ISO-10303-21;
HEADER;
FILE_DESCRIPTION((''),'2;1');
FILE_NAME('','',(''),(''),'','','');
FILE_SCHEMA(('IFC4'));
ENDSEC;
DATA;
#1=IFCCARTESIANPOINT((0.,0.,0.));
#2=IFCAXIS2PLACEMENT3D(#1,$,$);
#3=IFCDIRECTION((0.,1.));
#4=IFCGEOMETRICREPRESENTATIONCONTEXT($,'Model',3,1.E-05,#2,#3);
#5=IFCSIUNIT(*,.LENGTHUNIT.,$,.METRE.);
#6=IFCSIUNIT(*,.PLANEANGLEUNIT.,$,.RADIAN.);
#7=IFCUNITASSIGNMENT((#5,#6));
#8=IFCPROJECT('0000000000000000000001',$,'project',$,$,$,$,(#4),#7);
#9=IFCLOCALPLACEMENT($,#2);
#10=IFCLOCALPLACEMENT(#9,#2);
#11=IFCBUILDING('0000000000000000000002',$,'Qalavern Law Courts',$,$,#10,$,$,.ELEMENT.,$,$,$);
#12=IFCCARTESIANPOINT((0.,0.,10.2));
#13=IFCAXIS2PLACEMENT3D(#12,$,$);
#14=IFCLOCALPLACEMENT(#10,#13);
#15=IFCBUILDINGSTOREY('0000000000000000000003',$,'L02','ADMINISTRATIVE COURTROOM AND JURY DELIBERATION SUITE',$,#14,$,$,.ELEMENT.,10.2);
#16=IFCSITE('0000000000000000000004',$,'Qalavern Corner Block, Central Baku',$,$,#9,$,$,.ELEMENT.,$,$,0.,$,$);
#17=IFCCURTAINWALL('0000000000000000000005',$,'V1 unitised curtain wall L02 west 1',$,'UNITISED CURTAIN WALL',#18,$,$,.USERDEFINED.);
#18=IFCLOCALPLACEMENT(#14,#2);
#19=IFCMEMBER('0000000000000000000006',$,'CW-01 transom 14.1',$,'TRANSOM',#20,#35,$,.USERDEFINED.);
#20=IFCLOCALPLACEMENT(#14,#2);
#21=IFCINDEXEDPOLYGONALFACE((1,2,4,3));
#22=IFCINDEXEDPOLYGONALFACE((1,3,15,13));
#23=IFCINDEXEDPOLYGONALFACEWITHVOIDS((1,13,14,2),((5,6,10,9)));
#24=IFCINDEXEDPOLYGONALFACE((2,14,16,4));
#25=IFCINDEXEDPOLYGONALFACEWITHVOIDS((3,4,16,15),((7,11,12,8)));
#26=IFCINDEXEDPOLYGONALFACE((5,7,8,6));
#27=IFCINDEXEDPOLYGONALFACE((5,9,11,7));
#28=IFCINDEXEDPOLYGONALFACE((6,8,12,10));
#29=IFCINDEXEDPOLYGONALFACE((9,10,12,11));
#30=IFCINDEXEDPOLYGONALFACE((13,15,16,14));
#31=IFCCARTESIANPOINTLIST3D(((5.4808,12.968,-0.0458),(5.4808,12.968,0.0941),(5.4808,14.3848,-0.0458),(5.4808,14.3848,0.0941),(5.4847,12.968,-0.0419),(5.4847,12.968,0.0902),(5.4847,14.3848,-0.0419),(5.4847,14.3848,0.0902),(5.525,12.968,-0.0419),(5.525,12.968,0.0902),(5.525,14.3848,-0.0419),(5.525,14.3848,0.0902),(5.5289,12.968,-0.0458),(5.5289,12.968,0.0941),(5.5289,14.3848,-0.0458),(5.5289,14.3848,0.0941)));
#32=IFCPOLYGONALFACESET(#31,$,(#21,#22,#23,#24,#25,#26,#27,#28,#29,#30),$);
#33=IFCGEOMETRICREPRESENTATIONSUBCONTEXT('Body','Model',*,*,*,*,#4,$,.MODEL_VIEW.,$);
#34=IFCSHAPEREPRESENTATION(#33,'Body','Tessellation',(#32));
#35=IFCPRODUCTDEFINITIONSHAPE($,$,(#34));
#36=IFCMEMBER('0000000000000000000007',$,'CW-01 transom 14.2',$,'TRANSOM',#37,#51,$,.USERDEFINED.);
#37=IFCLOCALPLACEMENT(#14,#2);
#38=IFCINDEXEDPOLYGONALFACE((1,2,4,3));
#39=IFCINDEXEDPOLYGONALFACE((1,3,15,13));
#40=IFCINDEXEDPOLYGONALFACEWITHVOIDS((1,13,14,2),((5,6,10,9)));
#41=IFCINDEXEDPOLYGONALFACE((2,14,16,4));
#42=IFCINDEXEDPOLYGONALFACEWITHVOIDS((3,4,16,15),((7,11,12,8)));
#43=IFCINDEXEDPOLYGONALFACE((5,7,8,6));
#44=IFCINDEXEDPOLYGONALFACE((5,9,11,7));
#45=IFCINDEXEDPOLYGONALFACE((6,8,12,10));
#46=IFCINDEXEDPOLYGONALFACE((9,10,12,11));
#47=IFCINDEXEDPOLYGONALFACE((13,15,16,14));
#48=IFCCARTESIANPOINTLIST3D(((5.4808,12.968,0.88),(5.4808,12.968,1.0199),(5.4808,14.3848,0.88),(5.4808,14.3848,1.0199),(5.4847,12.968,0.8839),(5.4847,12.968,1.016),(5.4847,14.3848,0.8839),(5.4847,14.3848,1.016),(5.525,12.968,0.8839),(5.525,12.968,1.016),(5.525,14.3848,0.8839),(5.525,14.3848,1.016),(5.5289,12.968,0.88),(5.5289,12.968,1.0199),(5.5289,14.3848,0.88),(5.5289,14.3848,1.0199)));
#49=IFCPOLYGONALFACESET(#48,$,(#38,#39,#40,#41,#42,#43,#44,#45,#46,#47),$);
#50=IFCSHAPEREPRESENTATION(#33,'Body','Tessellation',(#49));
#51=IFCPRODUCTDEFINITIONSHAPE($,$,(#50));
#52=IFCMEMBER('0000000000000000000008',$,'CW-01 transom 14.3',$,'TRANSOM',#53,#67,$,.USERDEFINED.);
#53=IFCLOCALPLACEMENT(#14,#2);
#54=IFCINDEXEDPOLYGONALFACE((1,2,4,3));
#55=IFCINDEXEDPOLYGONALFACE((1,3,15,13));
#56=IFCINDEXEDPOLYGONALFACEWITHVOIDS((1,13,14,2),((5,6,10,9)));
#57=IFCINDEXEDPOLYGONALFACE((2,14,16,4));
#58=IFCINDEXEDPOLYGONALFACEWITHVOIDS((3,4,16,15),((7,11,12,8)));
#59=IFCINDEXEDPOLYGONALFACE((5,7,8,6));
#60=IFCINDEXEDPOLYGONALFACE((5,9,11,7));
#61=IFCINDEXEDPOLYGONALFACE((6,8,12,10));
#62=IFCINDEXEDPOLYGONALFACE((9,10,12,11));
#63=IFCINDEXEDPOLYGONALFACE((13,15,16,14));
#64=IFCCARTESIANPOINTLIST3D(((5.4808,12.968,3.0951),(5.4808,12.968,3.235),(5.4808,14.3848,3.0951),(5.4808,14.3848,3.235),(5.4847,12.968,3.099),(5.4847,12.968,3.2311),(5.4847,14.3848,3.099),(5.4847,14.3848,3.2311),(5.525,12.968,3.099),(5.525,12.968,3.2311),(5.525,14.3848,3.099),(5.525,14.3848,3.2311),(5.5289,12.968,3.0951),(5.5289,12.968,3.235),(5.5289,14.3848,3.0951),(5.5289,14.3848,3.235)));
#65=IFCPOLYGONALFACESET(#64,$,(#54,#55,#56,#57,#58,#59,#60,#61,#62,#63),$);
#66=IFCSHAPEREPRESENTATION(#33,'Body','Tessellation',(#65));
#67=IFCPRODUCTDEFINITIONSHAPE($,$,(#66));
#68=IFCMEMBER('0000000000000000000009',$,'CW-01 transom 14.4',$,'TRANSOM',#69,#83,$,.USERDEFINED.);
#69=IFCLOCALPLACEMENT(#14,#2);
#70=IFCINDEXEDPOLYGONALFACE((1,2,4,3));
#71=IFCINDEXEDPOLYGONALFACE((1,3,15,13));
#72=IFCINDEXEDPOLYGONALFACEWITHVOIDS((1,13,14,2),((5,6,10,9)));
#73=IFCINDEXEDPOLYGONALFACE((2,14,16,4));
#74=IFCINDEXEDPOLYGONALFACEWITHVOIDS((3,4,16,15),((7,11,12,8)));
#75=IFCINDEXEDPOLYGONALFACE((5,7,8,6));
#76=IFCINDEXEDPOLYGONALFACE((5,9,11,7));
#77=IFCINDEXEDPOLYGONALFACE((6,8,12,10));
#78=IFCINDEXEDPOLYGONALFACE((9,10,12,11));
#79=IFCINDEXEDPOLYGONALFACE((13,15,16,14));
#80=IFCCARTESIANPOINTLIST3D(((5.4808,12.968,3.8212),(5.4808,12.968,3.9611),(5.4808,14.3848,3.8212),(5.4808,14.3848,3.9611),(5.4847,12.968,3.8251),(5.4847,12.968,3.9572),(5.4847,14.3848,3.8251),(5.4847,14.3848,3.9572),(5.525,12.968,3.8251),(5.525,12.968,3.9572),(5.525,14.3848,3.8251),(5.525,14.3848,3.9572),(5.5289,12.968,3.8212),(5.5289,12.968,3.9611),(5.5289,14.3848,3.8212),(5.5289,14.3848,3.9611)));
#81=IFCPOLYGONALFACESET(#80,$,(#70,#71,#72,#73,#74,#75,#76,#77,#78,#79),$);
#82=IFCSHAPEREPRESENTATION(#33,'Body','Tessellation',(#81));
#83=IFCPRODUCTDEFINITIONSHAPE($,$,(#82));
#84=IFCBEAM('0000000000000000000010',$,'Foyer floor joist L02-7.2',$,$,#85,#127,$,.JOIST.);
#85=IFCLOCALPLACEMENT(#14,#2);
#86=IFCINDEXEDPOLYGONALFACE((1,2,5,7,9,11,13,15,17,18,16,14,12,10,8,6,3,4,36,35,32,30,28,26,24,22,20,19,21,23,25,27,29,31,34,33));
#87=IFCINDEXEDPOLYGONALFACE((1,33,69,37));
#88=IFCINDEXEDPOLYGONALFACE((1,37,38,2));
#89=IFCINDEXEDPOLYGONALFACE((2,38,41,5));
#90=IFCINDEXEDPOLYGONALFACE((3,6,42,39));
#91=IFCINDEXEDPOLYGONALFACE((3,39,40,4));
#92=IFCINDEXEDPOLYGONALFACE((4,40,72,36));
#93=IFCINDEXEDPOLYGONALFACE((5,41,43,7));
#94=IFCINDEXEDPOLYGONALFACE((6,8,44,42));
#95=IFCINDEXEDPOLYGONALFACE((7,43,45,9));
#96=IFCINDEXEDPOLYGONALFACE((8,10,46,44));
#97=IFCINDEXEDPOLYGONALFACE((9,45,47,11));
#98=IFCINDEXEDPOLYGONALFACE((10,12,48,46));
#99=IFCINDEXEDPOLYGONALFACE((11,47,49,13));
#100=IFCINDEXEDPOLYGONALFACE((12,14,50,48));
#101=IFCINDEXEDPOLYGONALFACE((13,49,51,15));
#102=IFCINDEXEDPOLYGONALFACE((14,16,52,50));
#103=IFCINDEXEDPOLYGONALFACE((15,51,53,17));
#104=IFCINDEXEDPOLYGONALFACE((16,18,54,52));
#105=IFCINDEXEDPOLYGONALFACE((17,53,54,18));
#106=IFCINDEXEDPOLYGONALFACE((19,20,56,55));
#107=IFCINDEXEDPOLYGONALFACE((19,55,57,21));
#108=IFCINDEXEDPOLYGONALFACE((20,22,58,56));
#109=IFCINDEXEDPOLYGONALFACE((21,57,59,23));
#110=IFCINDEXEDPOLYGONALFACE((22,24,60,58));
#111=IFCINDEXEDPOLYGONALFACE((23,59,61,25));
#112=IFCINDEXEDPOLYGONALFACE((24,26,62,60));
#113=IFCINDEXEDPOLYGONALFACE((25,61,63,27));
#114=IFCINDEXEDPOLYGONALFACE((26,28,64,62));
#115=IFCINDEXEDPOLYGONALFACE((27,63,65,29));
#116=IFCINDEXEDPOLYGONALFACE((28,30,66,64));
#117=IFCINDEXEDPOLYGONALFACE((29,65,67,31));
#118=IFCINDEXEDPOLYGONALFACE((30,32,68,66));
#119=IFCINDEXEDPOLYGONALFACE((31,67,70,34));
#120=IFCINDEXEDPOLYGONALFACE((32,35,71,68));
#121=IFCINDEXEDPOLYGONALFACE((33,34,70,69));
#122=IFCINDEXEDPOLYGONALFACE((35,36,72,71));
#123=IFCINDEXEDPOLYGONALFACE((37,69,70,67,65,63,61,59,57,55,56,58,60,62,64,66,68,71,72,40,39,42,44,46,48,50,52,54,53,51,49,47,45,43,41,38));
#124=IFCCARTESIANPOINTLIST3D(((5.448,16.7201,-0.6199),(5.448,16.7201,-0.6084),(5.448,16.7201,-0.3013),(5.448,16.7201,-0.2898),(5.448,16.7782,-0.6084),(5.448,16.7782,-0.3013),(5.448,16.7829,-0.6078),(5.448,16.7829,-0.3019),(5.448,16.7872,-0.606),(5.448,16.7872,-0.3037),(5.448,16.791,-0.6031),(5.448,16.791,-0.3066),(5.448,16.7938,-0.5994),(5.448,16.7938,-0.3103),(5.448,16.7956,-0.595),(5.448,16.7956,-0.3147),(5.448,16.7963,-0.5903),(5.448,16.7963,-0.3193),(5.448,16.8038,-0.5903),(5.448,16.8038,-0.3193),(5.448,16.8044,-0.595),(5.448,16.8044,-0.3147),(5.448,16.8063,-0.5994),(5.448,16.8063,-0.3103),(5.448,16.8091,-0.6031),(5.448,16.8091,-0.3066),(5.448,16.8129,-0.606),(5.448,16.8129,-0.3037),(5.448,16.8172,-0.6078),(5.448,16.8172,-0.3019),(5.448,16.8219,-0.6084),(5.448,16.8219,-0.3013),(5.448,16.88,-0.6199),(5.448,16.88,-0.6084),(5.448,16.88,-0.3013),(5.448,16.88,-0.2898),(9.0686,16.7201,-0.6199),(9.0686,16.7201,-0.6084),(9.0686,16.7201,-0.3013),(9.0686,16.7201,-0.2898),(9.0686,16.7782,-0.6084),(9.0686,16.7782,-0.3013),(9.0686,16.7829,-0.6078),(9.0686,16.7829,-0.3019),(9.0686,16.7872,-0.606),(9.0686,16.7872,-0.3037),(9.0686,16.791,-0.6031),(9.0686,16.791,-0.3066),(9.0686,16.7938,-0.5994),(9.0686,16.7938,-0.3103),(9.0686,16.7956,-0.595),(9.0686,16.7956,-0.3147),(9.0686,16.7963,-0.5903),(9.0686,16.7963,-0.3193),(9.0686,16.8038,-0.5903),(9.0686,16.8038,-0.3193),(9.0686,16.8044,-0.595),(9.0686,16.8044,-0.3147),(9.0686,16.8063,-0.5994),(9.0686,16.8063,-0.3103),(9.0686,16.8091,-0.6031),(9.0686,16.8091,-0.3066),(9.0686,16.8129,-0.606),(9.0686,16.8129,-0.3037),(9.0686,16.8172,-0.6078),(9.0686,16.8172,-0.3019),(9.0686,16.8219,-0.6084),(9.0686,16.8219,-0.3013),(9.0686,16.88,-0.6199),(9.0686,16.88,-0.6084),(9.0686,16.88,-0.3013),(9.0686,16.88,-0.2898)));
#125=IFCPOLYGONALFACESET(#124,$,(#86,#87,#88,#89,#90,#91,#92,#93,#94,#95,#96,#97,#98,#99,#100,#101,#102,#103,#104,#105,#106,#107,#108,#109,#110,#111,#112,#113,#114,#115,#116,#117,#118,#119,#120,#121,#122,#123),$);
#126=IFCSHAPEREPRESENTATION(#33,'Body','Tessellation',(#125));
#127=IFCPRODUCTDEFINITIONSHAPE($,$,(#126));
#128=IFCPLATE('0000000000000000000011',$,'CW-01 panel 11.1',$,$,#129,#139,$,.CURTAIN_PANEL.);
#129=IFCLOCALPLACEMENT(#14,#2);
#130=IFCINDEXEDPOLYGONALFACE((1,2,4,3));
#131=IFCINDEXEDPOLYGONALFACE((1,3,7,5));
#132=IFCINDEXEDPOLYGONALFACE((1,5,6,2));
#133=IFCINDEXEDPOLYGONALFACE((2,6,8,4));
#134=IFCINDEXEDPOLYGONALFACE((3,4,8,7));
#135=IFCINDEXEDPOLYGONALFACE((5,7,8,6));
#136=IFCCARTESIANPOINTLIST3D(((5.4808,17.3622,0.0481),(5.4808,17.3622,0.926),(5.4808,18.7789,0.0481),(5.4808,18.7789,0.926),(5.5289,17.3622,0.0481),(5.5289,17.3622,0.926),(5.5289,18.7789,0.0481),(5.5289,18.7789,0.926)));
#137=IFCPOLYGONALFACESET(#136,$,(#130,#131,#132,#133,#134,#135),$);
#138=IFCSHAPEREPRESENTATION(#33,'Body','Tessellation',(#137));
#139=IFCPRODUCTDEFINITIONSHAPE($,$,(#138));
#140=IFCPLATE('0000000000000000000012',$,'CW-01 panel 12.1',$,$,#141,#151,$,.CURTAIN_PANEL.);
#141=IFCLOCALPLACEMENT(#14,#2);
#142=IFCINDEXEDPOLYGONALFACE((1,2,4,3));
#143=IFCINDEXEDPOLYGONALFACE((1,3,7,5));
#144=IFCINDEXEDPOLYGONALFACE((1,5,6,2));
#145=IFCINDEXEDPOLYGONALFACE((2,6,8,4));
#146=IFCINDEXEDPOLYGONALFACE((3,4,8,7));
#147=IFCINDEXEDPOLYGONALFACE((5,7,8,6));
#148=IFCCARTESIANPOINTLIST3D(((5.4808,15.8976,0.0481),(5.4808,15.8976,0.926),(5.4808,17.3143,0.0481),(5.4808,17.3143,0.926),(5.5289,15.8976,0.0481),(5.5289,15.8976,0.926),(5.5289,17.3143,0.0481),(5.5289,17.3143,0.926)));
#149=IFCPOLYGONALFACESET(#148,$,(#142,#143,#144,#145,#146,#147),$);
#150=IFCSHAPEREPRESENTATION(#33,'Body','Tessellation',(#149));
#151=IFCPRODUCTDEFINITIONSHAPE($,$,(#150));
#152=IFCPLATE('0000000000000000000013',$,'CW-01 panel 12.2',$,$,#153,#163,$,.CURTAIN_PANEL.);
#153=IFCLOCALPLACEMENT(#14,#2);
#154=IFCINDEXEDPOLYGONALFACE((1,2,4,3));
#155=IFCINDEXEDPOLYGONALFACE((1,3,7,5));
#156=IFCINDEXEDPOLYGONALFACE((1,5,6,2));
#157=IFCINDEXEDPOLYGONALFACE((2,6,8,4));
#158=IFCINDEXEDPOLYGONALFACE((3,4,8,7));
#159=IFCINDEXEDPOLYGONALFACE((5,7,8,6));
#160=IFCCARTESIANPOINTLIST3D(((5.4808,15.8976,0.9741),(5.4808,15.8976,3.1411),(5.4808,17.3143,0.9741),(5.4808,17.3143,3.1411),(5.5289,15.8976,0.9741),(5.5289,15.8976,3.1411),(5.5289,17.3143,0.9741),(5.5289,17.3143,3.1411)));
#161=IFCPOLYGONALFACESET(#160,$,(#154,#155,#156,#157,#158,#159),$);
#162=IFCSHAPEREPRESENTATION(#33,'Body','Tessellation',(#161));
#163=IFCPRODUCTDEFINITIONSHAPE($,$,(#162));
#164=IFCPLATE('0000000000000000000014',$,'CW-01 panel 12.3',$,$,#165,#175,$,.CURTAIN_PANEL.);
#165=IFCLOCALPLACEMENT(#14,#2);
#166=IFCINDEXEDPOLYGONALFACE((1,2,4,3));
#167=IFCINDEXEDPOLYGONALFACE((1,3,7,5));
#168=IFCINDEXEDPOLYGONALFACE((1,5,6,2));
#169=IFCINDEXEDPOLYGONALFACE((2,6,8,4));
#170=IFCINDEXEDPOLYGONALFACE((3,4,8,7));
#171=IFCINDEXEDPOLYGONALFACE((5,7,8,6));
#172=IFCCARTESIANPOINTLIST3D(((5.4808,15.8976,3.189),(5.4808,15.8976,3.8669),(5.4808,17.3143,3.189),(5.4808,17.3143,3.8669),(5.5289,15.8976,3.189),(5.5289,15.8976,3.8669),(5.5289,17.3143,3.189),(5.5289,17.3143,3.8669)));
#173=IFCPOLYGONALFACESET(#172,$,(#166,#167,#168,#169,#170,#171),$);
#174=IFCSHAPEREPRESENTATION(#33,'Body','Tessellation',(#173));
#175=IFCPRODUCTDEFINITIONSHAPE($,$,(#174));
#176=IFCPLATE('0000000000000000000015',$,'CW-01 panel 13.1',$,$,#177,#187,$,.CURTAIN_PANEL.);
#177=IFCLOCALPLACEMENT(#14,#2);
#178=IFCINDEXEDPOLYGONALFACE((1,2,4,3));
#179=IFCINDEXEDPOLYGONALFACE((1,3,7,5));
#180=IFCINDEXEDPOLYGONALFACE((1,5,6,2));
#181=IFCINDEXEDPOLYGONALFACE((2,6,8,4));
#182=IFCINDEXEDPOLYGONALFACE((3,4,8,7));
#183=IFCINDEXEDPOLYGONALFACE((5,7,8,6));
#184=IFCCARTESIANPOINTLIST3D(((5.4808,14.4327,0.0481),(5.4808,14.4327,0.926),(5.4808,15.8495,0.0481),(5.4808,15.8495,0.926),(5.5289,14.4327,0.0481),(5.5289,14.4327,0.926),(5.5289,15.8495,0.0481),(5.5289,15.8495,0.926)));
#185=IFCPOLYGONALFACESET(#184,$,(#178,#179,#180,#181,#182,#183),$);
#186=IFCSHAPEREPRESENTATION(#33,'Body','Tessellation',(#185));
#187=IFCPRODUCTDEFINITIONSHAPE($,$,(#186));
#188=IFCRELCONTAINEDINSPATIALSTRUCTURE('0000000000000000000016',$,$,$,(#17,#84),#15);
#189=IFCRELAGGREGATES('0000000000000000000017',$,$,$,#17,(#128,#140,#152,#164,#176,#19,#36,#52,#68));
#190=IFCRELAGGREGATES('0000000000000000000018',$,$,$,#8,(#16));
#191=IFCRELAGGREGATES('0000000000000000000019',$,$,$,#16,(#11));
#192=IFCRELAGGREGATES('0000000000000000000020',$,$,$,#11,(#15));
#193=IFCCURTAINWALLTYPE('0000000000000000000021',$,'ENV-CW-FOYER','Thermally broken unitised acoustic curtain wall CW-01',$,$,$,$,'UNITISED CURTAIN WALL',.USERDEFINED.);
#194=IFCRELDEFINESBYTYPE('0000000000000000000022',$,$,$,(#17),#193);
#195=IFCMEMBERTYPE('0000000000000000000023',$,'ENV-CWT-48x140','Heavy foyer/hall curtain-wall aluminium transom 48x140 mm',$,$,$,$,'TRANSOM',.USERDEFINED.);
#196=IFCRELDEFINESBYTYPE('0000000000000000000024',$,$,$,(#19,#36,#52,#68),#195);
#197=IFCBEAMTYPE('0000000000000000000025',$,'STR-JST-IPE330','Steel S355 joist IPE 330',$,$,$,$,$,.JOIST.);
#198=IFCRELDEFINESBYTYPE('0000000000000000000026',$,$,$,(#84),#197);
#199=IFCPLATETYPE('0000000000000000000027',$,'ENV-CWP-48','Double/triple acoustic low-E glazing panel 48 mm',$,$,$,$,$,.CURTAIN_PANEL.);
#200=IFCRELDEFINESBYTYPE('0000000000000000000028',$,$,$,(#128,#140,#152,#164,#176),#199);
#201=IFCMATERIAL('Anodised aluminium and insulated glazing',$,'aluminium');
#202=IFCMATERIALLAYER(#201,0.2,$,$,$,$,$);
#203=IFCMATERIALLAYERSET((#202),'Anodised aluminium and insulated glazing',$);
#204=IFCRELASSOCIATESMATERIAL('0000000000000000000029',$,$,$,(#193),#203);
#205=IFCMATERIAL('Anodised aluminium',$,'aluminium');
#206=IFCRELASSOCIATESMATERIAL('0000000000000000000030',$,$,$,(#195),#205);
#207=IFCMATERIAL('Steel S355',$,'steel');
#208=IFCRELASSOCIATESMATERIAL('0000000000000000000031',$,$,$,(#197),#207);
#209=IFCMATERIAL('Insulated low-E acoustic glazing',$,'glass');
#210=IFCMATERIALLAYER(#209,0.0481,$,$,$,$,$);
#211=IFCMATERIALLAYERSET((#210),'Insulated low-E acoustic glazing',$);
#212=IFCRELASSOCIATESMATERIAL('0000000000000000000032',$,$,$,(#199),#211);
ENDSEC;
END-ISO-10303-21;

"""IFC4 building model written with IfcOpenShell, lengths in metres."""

from ifc_helpers import new_model, si_unit, direction, frame, origin, origin_2d, place, context, subcontext, project, spatial, rectangle, hollow_rectangle, i_section, extrude, material, layer, layer_set, material_profile, profile_set, type_object, element, aggregate, save


model = new_model("IFC4")

# Units and contexts
model_context = context("Model", 3, precision=1e-05, world=origin(), true_north=direction((0.0, 1.0)))
body_context = subcontext(model_context, "Body", "Model", "MODEL_VIEW")
ifc_project = project(units=[si_unit("LENGTHUNIT", "METRE"), si_unit("PLANEANGLEUNIT", "RADIAN")], contexts=[model_context])

# Site, building, storey
site_placement = place(None, origin())
site = spatial("IfcSite", under=ifc_project, at=site_placement, Name="Qalavern Corner Block, Central Baku", CompositionType="ELEMENT", RefElevation=0.0)
building_placement = place(site_placement, origin())
building = spatial("IfcBuilding", under=site, at=building_placement, Name="Qalavern Law Courts", CompositionType="ELEMENT")
storey_placement = place(building_placement, frame((0.0, 0.0, 10.2)))
storey = spatial("IfcBuildingStorey", under=building, at=storey_placement, Name="L02", Description="ADMINISTRATIVE COURTROOM AND JURY DELIBERATION SUITE", CompositionType="ELEMENT", Elevation=10.2)

# Curtain wall, members
ifc_material_1 = material(Name="Anodised aluminium and insulated glazing", Category="aluminium")
ifc_layer_1 = layer(ifc_material_1, 0.2)
ifc_layer_set_1 = layer_set([ifc_layer_1], Name="Anodised aluminium and insulated glazing")
curtain_wall_type = type_object("IfcCurtainWallType", Name="ENV-CW-FOYER", Description="Thermally broken unitised acoustic curtain wall CW-01", ElementType="UNITISED CURTAIN WALL", PredefinedType="USERDEFINED", material=ifc_layer_set_1)
curtain_wall_placement = place(storey_placement, origin())
curtain_wall = element("IfcCurtainWall", 1, at=curtain_wall_placement, inside=storey, type_object=curtain_wall_type, Name="V1 unitised curtain wall L02 west 1", ObjectType="UNITISED CURTAIN WALL", PredefinedType="USERDEFINED")
ifc_material_2 = material(Name="Anodised aluminium", Category="aluminium")
ifc_material_profile_1 = material_profile(ifc_material_2, hollow_rectangle(XDim=0.0481, YDim=0.1399, WallThickness=0.0039, at=origin_2d()), Name="ALU TRANSOM 48x140")
ifc_profile_set_1 = profile_set([ifc_material_profile_1], Name="Anodised aluminium")
member_type_1 = type_object("IfcMemberType", Name="ENV-CWT-48x140", Description="Heavy foyer/hall curtain-wall aluminium transom 48x140 mm", ElementType="TRANSOM", PredefinedType="USERDEFINED", material=ifc_profile_set_1)
member_1_placement = place(storey_placement, frame((5.5049, 14.3848, 0.0242), z_axis=(0.0, -1.0, 0.0), x_axis=(1.0, 0.0, 0.0)))
member_1 = element("IfcMember", 2, at=member_1_placement, type_object=member_type_1, Name="CW-01 transom 14.1", ObjectType="TRANSOM", PredefinedType="USERDEFINED", context=body_context, shape_type="SweptSolid", body=[
    extrude(hollow_rectangle(XDim=0.0481, YDim=0.1399, WallThickness=0.0039, at=origin_2d()), origin(), (0.0, 0.0, 1.0), 1.4167),
])
member_2_placement = place(storey_placement, frame((5.5049, 14.3848, 0.95), z_axis=(0.0, -1.0, 0.0), x_axis=(1.0, 0.0, 0.0)))
member_2 = element("IfcMember", 3, at=member_2_placement, type_object=member_type_1, Name="CW-01 transom 14.2", ObjectType="TRANSOM", PredefinedType="USERDEFINED", context=body_context, shape_type="SweptSolid", body=[
    extrude(hollow_rectangle(XDim=0.0481, YDim=0.1399, WallThickness=0.0039, at=origin_2d()), origin(), (0.0, 0.0, 1.0), 1.4167),
])
member_3_placement = place(storey_placement, frame((5.5049, 14.3848, 3.165), z_axis=(0.0, -1.0, 0.0), x_axis=(1.0, 0.0, 0.0)))
member_3 = element("IfcMember", 4, at=member_3_placement, type_object=member_type_1, Name="CW-01 transom 14.3", ObjectType="TRANSOM", PredefinedType="USERDEFINED", context=body_context, shape_type="SweptSolid", body=[
    extrude(hollow_rectangle(XDim=0.0481, YDim=0.1399, WallThickness=0.0039, at=origin_2d()), origin(), (0.0, 0.0, 1.0), 1.4167),
])
member_4_placement = place(storey_placement, frame((5.5049, 14.3848, 3.8911), z_axis=(0.0, -1.0, 0.0), x_axis=(1.0, 0.0, 0.0)))
member_4 = element("IfcMember", 5, at=member_4_placement, type_object=member_type_1, Name="CW-01 transom 14.4", ObjectType="TRANSOM", PredefinedType="USERDEFINED", context=body_context, shape_type="SweptSolid", body=[
    extrude(hollow_rectangle(XDim=0.0481, YDim=0.1399, WallThickness=0.0039, at=origin_2d()), origin(), (0.0, 0.0, 1.0), 1.4167),
])

# Beam
ifc_material_3 = material(Name="Steel S355", Category="steel")
ifc_material_profile_2 = material_profile(ifc_material_3, i_section(OverallWidth=0.1599, OverallDepth=0.3301, WebThickness=0.0076, FlangeThickness=0.0115, FilletRadius=0.0181, at=origin_2d()), Name="IPE 330")
ifc_profile_set_2 = profile_set([ifc_material_profile_2], Name="Steel S355")
beam_type = type_object("IfcBeamType", Name="STR-JST-IPE330", Description="Steel S355 joist IPE 330", PredefinedType="JOIST", material=ifc_profile_set_2)
beam_placement = place(storey_placement, frame((5.448, 16.8, -0.4548), z_axis=(1.0, 0.0, 0.0), x_axis=(0.0, 1.0, 0.0)))
element("IfcBeam", 6, at=beam_placement, inside=storey, type_object=beam_type, Name="Foyer floor joist L02-7.2", PredefinedType="JOIST", context=body_context, shape_type="SweptSolid", body=[
    extrude(i_section(OverallWidth=0.1599, OverallDepth=0.3301, WebThickness=0.0076, FlangeThickness=0.0115, FilletRadius=0.0181, at=origin_2d()), origin(), (0.0, 0.0, 1.0), 3.6206),
])

# Plates
ifc_material_4 = material(Name="Insulated low-E acoustic glazing", Category="glass")
ifc_layer_2 = layer(ifc_material_4, 0.0481)
ifc_layer_set_2 = layer_set([ifc_layer_2], Name="Insulated low-E acoustic glazing")
plate_type = type_object("IfcPlateType", Name="ENV-CWP-48", Description="Double/triple acoustic low-E glazing panel 48 mm", PredefinedType="CURTAIN_PANEL", material=ifc_layer_set_2)
plate_1_placement = place(storey_placement, frame((5.5049, 18.0706, 0.0481), z_axis=(0.0, 0.0, 1.0), x_axis=(0.0, -1.0, 0.0)))
plate_1 = element("IfcPlate", 7, at=plate_1_placement, type_object=plate_type, Name="CW-01 panel 11.1", PredefinedType="CURTAIN_PANEL", context=body_context, shape_type="SweptSolid", body=[
    extrude(rectangle(XDim=1.4167, YDim=0.0481, at=origin_2d()), origin(), (0.0, 0.0, 1.0), 0.8779),
])
plate_2_placement = place(storey_placement, frame((5.5049, 16.606, 0.0481), z_axis=(0.0, 0.0, 1.0), x_axis=(0.0, -1.0, 0.0)))
plate_2 = element("IfcPlate", 8, at=plate_2_placement, type_object=plate_type, Name="CW-01 panel 12.1", PredefinedType="CURTAIN_PANEL", context=body_context, shape_type="SweptSolid", body=[
    extrude(rectangle(XDim=1.4167, YDim=0.0481, at=origin_2d()), origin(), (0.0, 0.0, 1.0), 0.8779),
])
plate_3_placement = place(storey_placement, frame((5.5049, 16.606, 0.9741), z_axis=(0.0, 0.0, 1.0), x_axis=(0.0, -1.0, 0.0)))
plate_3 = element("IfcPlate", 9, at=plate_3_placement, type_object=plate_type, Name="CW-01 panel 12.2", PredefinedType="CURTAIN_PANEL", context=body_context, shape_type="SweptSolid", body=[
    extrude(rectangle(XDim=1.4167, YDim=0.0481, at=origin_2d()), origin(), (0.0, 0.0, 1.0), 2.167),
])
plate_4_placement = place(storey_placement, frame((5.5049, 16.606, 3.189), z_axis=(0.0, 0.0, 1.0), x_axis=(0.0, -1.0, 0.0)))
plate_4 = element("IfcPlate", 10, at=plate_4_placement, type_object=plate_type, Name="CW-01 panel 12.3", PredefinedType="CURTAIN_PANEL", context=body_context, shape_type="SweptSolid", body=[
    extrude(rectangle(XDim=1.4167, YDim=0.0481, at=origin_2d()), origin(), (0.0, 0.0, 1.0), 0.678),
])
plate_5_placement = place(storey_placement, frame((5.5049, 15.1411, 0.0481), z_axis=(0.0, 0.0, 1.0), x_axis=(0.0, -1.0, 0.0)))
plate_5 = element("IfcPlate", 11, at=plate_5_placement, type_object=plate_type, Name="CW-01 panel 13.1", PredefinedType="CURTAIN_PANEL", context=body_context, shape_type="SweptSolid", body=[
    extrude(rectangle(XDim=1.4167, YDim=0.0481, at=origin_2d()), origin(), (0.0, 0.0, 1.0), 0.8779),
])
aggregate(curtain_wall, [plate_1, plate_2, plate_3, plate_4, plate_5, member_1, member_2, member_3, member_4])

save(model, "model.ifc")
